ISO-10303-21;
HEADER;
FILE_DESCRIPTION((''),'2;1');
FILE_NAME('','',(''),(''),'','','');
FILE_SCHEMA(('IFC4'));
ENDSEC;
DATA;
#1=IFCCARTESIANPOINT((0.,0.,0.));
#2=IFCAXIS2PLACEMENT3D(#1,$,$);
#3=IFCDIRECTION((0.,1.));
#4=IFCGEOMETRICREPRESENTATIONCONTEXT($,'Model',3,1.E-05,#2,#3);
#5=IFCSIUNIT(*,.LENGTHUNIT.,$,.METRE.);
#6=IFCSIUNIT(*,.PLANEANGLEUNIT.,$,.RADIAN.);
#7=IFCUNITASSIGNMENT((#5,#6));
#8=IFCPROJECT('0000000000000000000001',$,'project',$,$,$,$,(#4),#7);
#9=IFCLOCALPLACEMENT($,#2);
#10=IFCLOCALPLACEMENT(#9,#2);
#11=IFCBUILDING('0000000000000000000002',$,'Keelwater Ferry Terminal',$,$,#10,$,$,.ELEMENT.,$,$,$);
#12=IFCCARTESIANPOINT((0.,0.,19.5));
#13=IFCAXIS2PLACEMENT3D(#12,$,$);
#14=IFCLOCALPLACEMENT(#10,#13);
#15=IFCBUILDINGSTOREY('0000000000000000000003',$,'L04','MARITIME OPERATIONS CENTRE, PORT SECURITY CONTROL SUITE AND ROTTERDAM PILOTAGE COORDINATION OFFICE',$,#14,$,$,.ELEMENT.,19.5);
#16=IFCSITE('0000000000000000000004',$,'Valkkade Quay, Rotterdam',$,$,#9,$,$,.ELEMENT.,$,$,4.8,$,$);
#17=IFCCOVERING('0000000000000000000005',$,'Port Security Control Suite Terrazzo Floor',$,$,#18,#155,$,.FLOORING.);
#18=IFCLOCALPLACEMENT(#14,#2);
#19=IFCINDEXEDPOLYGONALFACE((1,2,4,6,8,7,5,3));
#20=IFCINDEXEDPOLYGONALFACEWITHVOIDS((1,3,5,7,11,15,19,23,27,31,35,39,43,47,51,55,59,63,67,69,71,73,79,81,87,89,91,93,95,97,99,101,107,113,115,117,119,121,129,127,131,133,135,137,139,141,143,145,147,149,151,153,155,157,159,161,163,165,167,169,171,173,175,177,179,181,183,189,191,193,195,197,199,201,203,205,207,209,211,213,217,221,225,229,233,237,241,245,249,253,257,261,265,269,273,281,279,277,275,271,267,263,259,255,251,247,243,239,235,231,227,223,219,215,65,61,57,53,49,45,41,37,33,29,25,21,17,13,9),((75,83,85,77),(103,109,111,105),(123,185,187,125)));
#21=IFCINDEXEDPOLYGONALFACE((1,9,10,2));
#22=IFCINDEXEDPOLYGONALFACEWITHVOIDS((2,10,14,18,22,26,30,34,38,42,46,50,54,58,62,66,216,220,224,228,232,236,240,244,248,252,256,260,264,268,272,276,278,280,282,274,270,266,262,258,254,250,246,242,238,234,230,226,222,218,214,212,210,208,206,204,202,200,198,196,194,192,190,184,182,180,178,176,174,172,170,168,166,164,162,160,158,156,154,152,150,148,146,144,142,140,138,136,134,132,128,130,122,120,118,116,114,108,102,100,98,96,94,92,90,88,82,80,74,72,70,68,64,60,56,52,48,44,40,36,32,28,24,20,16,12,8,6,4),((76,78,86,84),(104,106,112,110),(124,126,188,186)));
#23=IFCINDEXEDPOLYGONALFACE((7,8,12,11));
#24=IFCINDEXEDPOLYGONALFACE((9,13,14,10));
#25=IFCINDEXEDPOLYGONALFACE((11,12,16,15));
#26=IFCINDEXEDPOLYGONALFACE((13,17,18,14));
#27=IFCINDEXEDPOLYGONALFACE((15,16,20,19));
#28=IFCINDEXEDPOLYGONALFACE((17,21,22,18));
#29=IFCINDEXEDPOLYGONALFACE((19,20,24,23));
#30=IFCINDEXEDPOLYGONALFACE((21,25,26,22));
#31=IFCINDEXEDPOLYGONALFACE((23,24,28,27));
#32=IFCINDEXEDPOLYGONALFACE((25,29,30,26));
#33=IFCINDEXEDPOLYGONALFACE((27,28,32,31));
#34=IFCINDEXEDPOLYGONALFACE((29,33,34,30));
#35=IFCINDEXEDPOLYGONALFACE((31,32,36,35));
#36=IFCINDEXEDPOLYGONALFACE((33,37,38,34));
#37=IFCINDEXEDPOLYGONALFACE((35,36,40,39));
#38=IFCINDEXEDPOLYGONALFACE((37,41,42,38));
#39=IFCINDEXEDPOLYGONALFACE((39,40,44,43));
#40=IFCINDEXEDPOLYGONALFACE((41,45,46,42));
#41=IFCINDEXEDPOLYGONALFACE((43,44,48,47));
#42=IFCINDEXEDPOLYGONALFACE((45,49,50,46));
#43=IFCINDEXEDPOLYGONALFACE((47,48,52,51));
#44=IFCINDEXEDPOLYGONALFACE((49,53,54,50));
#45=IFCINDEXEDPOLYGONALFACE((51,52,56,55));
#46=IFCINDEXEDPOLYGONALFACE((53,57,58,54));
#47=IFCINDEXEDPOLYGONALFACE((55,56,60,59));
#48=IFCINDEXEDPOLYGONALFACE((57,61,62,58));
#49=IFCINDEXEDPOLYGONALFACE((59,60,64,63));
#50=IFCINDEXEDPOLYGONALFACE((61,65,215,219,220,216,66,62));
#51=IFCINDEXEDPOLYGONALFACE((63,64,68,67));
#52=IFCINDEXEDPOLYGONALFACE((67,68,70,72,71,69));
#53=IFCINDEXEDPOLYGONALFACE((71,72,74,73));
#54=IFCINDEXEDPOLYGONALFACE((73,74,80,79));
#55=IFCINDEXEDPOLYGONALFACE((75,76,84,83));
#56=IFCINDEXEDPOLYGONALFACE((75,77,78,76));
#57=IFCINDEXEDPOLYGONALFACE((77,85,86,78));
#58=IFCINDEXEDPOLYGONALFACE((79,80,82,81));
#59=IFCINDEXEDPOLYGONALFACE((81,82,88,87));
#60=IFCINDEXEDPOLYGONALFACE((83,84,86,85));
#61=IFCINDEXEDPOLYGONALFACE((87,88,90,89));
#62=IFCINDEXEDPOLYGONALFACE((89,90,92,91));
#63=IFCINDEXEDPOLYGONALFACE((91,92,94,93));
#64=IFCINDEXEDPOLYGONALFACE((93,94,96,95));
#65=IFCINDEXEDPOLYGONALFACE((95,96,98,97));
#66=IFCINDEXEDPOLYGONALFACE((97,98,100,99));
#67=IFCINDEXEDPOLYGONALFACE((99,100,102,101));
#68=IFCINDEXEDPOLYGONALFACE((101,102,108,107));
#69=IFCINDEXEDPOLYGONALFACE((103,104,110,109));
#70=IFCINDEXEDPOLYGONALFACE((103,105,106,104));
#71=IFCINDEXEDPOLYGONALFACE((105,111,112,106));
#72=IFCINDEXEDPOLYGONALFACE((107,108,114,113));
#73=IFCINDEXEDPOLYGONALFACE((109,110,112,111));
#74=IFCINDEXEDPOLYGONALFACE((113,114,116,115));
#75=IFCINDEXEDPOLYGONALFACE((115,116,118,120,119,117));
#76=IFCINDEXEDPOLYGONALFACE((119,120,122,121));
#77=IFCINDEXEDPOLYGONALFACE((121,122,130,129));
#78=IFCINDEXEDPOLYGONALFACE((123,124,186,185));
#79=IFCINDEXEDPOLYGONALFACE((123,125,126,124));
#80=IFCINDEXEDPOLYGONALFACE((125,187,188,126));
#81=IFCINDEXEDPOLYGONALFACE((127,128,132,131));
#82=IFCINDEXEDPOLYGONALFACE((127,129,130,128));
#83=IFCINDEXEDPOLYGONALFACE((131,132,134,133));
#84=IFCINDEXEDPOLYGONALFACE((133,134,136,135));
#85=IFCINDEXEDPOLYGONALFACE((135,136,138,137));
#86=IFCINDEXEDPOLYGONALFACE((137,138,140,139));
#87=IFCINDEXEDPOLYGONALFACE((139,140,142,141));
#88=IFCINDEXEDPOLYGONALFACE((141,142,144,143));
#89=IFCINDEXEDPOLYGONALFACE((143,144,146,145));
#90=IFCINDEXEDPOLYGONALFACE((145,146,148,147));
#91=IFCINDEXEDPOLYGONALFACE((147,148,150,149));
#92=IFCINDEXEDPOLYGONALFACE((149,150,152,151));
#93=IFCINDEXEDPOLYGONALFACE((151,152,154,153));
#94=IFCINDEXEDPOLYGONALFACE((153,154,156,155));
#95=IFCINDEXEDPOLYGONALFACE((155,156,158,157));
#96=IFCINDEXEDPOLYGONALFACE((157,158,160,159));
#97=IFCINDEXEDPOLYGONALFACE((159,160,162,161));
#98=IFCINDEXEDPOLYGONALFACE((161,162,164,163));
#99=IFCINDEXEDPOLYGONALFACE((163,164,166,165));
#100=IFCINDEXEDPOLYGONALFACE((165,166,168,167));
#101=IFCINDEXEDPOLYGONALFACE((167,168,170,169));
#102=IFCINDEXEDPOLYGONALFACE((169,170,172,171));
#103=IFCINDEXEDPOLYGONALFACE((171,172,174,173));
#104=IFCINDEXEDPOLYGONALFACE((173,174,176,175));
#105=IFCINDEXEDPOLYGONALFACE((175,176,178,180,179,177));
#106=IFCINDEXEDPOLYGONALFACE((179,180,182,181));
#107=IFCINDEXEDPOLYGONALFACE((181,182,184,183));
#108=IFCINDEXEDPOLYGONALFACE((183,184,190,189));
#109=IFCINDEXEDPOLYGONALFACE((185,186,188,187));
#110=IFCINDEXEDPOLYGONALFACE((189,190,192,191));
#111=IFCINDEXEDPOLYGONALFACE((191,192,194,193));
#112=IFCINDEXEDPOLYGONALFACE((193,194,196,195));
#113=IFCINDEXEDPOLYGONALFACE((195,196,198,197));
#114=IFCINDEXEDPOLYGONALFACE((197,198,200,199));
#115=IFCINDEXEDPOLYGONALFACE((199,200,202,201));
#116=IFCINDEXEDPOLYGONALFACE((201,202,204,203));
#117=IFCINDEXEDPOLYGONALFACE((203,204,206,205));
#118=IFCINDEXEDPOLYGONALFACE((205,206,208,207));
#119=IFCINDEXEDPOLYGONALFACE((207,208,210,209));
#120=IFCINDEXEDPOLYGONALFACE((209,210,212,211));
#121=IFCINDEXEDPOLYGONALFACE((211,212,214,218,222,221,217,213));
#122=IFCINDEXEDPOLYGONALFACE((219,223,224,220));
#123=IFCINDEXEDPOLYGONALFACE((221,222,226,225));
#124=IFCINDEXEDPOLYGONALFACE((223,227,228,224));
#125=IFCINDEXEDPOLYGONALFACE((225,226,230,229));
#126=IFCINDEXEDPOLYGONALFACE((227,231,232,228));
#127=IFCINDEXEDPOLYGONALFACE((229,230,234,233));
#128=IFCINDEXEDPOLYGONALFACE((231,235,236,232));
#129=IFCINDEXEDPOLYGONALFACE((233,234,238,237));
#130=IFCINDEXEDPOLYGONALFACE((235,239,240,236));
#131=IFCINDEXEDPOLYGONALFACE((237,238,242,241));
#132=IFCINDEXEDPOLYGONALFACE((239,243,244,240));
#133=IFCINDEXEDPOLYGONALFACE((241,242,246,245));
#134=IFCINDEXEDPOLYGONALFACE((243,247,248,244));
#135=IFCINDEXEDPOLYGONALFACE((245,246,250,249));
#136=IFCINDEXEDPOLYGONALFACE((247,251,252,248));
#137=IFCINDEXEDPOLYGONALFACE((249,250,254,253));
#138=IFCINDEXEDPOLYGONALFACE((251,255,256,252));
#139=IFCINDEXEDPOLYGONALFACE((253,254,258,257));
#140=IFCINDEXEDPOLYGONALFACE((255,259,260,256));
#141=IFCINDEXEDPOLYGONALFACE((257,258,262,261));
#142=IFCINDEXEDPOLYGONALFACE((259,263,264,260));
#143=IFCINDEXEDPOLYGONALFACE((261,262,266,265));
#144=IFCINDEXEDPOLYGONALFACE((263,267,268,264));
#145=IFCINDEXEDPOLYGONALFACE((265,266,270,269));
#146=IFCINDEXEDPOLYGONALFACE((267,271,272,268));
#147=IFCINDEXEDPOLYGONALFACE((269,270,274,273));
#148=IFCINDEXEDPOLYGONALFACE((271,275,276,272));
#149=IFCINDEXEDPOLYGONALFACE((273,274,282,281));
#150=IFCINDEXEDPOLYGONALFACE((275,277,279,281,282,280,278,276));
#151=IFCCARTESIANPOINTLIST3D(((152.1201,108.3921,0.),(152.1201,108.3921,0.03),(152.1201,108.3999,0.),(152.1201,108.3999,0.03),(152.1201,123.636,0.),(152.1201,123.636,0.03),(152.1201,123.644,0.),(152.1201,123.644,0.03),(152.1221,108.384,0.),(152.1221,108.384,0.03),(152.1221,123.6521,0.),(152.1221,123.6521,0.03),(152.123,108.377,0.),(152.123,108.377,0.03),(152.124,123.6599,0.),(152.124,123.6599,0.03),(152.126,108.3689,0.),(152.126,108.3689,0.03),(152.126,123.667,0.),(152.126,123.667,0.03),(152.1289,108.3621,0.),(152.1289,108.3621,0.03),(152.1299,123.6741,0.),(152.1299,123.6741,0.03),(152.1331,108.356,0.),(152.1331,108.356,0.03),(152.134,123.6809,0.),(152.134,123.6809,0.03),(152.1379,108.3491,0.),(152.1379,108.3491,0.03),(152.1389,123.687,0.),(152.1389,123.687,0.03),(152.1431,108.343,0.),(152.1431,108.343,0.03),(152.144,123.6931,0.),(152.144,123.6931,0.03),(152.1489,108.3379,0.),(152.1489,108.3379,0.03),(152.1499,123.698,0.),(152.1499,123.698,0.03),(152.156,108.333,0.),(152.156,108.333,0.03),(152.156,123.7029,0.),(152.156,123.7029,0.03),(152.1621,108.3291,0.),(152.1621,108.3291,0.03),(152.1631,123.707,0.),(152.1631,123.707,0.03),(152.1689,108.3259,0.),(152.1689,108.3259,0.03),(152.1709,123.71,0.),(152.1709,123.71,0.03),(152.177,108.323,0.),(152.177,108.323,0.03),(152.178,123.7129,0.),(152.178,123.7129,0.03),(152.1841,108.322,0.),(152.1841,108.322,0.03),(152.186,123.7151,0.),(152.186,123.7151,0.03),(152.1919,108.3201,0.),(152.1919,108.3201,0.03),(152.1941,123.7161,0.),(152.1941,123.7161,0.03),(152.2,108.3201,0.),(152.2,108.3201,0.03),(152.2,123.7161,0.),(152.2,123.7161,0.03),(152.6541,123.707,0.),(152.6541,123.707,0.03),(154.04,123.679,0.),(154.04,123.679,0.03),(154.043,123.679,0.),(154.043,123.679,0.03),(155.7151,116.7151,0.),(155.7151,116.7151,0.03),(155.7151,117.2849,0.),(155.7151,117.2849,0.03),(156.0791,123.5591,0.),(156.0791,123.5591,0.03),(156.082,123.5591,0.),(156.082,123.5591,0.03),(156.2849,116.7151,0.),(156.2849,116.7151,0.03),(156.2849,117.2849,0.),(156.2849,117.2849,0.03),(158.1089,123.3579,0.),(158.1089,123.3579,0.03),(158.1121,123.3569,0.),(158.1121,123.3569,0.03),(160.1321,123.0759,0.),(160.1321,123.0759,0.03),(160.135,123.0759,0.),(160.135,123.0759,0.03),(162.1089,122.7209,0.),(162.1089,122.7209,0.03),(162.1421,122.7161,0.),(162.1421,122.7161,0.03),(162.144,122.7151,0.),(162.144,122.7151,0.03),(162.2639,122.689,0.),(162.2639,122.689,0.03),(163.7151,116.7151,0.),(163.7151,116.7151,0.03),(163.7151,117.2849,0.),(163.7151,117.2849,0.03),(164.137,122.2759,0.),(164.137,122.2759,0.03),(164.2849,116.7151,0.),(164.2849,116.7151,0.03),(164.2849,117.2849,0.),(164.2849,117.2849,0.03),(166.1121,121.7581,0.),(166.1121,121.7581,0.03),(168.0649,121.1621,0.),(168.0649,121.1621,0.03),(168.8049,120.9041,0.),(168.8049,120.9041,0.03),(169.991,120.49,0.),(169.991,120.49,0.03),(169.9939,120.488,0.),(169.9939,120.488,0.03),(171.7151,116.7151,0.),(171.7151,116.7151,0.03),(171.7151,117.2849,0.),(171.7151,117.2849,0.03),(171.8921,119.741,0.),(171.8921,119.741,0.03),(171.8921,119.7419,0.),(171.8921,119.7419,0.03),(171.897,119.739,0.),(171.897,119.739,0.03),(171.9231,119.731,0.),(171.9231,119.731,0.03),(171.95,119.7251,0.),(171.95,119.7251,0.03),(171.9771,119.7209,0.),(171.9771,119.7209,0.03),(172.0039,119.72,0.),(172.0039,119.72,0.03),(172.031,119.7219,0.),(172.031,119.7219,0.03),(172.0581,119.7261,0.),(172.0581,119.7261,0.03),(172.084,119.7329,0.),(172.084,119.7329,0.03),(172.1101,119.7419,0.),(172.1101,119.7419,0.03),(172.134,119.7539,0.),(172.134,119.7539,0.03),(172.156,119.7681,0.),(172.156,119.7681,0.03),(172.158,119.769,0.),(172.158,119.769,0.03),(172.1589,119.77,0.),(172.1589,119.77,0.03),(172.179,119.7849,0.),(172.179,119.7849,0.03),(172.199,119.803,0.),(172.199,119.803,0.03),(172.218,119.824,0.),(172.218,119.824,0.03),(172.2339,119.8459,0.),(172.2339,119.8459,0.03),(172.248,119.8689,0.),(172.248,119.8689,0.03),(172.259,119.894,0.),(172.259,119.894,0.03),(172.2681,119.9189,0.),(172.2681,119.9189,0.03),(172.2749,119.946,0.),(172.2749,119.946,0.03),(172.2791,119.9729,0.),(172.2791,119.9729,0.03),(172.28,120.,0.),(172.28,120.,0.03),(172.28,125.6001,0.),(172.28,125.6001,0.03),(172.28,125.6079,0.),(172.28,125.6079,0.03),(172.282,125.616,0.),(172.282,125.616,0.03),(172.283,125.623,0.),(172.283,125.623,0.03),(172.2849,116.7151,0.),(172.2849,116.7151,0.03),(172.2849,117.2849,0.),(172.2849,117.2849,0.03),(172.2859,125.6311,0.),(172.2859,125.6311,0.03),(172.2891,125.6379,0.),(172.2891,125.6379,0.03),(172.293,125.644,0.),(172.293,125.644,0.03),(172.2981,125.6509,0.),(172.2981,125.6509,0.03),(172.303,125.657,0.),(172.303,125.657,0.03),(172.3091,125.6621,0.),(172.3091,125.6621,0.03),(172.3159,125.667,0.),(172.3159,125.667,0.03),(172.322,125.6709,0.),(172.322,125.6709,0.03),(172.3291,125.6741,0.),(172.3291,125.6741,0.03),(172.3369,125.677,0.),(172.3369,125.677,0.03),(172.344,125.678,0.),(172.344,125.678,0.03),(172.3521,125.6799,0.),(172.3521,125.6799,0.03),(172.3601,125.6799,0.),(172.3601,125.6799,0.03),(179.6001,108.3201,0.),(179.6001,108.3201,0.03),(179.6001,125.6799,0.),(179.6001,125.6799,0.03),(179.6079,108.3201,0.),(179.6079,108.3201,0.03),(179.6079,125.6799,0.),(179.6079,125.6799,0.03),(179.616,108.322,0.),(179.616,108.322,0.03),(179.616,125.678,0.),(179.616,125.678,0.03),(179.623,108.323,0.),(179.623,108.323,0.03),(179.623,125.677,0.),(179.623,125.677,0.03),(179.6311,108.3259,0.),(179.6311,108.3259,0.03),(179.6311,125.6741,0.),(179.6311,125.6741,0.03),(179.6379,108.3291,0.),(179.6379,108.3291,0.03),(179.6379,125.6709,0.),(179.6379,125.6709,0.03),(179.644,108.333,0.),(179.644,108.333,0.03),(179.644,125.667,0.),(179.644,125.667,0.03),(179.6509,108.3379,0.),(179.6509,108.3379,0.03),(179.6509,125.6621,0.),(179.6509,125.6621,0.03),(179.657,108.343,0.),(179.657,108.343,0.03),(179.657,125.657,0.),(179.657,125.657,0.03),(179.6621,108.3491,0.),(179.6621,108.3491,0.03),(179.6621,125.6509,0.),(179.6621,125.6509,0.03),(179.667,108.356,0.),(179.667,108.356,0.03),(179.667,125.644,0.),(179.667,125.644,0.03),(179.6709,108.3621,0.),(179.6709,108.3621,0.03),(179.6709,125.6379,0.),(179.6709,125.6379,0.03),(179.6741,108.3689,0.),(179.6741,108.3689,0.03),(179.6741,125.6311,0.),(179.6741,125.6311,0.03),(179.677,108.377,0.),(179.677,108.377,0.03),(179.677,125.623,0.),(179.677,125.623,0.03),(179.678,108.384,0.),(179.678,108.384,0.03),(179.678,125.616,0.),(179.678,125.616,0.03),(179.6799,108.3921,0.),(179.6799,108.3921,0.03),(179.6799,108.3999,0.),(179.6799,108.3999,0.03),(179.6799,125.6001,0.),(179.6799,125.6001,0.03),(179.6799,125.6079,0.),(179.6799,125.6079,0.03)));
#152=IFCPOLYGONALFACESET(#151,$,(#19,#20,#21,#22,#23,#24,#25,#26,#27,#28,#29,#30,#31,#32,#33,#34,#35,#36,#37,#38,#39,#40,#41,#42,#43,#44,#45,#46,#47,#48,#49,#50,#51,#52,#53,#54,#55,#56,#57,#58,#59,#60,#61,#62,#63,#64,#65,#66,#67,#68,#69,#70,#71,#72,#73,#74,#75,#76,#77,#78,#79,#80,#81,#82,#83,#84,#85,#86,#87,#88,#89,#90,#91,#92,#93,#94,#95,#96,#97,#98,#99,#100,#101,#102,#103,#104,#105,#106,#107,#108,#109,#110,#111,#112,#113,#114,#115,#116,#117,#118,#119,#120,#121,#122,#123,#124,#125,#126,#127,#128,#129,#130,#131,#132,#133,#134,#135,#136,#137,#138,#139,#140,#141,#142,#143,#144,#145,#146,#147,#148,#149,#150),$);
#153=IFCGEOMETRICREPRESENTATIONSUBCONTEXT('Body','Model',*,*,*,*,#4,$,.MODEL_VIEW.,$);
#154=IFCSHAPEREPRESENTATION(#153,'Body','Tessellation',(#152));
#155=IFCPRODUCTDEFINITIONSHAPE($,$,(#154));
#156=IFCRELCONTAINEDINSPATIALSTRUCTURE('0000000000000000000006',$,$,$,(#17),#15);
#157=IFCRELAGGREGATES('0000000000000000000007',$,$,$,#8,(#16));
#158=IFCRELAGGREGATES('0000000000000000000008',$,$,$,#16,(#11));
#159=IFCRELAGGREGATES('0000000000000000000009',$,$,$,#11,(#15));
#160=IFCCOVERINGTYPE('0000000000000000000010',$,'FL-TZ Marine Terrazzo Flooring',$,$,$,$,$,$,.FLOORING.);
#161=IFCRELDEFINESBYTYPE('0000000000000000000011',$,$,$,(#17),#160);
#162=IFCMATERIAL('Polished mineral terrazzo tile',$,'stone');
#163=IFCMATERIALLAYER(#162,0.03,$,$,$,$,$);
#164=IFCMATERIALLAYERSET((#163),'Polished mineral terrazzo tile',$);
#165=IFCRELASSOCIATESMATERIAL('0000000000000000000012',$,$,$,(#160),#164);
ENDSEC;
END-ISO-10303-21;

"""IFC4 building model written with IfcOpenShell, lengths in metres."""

from ifc_helpers import new_model, si_unit, direction, frame, origin, place, context, subcontext, project, spatial, polyline, outline, extrude, material, layer, layer_set, type_object, element, save


model = new_model("IFC4")

# Units and contexts
model_context = context("Model", 3, precision=1e-05, world=origin(), true_north=direction((0.0, 1.0)))
body_context = subcontext(model_context, "Body", "Model", "MODEL_VIEW")
ifc_project = project(units=[si_unit("LENGTHUNIT", "METRE"), si_unit("PLANEANGLEUNIT", "RADIAN")], contexts=[model_context])

# Site, building, storey
site_placement = place(None, origin())
site = spatial("IfcSite", under=ifc_project, at=site_placement, Name="Valkkade Quay, Rotterdam", CompositionType="ELEMENT", RefElevation=4.8)
building_placement = place(site_placement, origin())
building = spatial("IfcBuilding", under=site, at=building_placement, Name="Keelwater Ferry Terminal", CompositionType="ELEMENT")
storey_placement = place(building_placement, frame((0.0, 0.0, 19.5)))
storey = spatial("IfcBuildingStorey", under=building, at=storey_placement, Name="L04", Description="MARITIME OPERATIONS CENTRE, PORT SECURITY CONTROL SUITE AND ROTTERDAM PILOTAGE COORDINATION OFFICE", CompositionType="ELEMENT", Elevation=19.5)

# Covering
ifc_material_1 = material(Name="Polished mineral terrazzo tile", Category="stone")
ifc_layer_1 = layer(ifc_material_1, 0.03)
ifc_layer_set_1 = layer_set([ifc_layer_1], Name="Polished mineral terrazzo tile")
covering_type_1 = type_object("IfcCoveringType", Name="FL-TZ Marine Terrazzo Flooring", PredefinedType="FLOORING", material=ifc_layer_set_1)
covering_1_placement = place(storey_placement, origin())
element("IfcCovering", 1, at=covering_1_placement, inside=storey, type_object=covering_type_1, Name="Port Security Control Suite Terrazzo Floor", PredefinedType="FLOORING", context=body_context, shape_type="SweptSolid", body=[
    extrude(outline(polyline([(156.0791, 123.5591), (156.082, 123.5591), (158.1089, 123.3579), (158.1121, 123.3569), (160.1321, 123.0759), (160.135, 123.0759), (162.1089, 122.7209), (162.1421, 122.7161), (162.144, 122.7151), (162.2639, 122.689), (164.137, 122.2759), (166.1121, 121.7581), (168.0649, 121.1621), (168.8049, 120.9041), (169.991, 120.49), (169.9939, 120.488), (171.8921, 119.7419), (171.8921, 119.741), (171.897, 119.739), (171.9231, 119.731), (171.95, 119.7251), (171.9771, 119.7209), (172.0039, 119.72), (172.031, 119.7219), (172.0581, 119.7261), (172.084, 119.7329), (172.1101, 119.7419), (172.134, 119.7539), (172.156, 119.7681), (172.158, 119.769), (172.1589, 119.77), (172.179, 119.7849), (172.199, 119.803), (172.218, 119.824), (172.2339, 119.8459), (172.248, 119.8689), (172.259, 119.894), (172.2681, 119.9189), (172.2749, 119.946), (172.2791, 119.9729), (172.28, 120.0), (172.28, 125.6001), (172.28, 125.6001), (172.28, 125.6079), (172.282, 125.616), (172.283, 125.623), (172.2859, 125.6311), (172.2891, 125.6379), (172.293, 125.644), (172.2981, 125.6509), (172.303, 125.657), (172.3091, 125.6621), (172.3159, 125.667), (172.322, 125.6709), (172.3291, 125.6741), (172.3369, 125.677), (172.344, 125.678), (172.3521, 125.6799), (172.3601, 125.6799), (179.6001, 125.6799), (179.6079, 125.6799), (179.616, 125.678), (179.623, 125.677), (179.6311, 125.6741), (179.6379, 125.6709), (179.644, 125.667), (179.6509, 125.6621), (179.657, 125.657), (179.6621, 125.6509), (179.667, 125.644), (179.6709, 125.6379), (179.6741, 125.6311), (179.677, 125.623), (179.678, 125.616), (179.6799, 125.6079), (179.6799, 125.6001), (179.6799, 108.3999), (179.6799, 108.3921), (179.678, 108.384), (179.677, 108.377), (179.6741, 108.3689), (179.6709, 108.3621), (179.667, 108.356), (179.6621, 108.3491), (179.657, 108.343), (179.6509, 108.3379), (179.644, 108.333), (179.6379, 108.3291), (179.6311, 108.3259), (179.623, 108.323), (179.616, 108.322), (179.6079, 108.3201), (179.6001, 108.3201), (152.2, 108.3201), (152.1919, 108.3201), (152.1841, 108.322), (152.177, 108.323), (152.1689, 108.3259), (152.1621, 108.3291), (152.156, 108.333), (152.1489, 108.3379), (152.1431, 108.343), (152.1379, 108.3491), (152.1331, 108.356), (152.1289, 108.3621), (152.126, 108.3689), (152.123, 108.377), (152.1221, 108.384), (152.1201, 108.3921), (152.1201, 108.3999), (152.1201, 123.636), (152.1201, 123.644), (152.1221, 123.6521), (152.124, 123.6599), (152.126, 123.667), (152.1299, 123.6741), (152.134, 123.6809), (152.1389, 123.687), (152.144, 123.6931), (152.1499, 123.698), (152.156, 123.7029), (152.1631, 123.707), (152.1709, 123.71), (152.178, 123.7129), (152.186, 123.7151), (152.1941, 123.7161), (152.2, 123.7161), (152.6541, 123.707), (154.04, 123.679), (154.043, 123.679), (156.0791, 123.5591)]), holes=[polyline([(156.2849, 116.7151), (156.2849, 117.2849), (155.7151, 117.2849), (155.7151, 116.7151), (156.2849, 116.7151)]), polyline([(163.7151, 116.7151), (164.2849, 116.7151), (164.2849, 117.2849), (163.7151, 117.2849), (163.7151, 116.7151)]), polyline([(171.7151, 116.7151), (172.2849, 116.7151), (172.2849, 117.2849), (171.7151, 117.2849), (171.7151, 116.7151)])]), origin(), (0.0, 0.0, 1.0), 0.03),
])

save(model, "model.ifc")
